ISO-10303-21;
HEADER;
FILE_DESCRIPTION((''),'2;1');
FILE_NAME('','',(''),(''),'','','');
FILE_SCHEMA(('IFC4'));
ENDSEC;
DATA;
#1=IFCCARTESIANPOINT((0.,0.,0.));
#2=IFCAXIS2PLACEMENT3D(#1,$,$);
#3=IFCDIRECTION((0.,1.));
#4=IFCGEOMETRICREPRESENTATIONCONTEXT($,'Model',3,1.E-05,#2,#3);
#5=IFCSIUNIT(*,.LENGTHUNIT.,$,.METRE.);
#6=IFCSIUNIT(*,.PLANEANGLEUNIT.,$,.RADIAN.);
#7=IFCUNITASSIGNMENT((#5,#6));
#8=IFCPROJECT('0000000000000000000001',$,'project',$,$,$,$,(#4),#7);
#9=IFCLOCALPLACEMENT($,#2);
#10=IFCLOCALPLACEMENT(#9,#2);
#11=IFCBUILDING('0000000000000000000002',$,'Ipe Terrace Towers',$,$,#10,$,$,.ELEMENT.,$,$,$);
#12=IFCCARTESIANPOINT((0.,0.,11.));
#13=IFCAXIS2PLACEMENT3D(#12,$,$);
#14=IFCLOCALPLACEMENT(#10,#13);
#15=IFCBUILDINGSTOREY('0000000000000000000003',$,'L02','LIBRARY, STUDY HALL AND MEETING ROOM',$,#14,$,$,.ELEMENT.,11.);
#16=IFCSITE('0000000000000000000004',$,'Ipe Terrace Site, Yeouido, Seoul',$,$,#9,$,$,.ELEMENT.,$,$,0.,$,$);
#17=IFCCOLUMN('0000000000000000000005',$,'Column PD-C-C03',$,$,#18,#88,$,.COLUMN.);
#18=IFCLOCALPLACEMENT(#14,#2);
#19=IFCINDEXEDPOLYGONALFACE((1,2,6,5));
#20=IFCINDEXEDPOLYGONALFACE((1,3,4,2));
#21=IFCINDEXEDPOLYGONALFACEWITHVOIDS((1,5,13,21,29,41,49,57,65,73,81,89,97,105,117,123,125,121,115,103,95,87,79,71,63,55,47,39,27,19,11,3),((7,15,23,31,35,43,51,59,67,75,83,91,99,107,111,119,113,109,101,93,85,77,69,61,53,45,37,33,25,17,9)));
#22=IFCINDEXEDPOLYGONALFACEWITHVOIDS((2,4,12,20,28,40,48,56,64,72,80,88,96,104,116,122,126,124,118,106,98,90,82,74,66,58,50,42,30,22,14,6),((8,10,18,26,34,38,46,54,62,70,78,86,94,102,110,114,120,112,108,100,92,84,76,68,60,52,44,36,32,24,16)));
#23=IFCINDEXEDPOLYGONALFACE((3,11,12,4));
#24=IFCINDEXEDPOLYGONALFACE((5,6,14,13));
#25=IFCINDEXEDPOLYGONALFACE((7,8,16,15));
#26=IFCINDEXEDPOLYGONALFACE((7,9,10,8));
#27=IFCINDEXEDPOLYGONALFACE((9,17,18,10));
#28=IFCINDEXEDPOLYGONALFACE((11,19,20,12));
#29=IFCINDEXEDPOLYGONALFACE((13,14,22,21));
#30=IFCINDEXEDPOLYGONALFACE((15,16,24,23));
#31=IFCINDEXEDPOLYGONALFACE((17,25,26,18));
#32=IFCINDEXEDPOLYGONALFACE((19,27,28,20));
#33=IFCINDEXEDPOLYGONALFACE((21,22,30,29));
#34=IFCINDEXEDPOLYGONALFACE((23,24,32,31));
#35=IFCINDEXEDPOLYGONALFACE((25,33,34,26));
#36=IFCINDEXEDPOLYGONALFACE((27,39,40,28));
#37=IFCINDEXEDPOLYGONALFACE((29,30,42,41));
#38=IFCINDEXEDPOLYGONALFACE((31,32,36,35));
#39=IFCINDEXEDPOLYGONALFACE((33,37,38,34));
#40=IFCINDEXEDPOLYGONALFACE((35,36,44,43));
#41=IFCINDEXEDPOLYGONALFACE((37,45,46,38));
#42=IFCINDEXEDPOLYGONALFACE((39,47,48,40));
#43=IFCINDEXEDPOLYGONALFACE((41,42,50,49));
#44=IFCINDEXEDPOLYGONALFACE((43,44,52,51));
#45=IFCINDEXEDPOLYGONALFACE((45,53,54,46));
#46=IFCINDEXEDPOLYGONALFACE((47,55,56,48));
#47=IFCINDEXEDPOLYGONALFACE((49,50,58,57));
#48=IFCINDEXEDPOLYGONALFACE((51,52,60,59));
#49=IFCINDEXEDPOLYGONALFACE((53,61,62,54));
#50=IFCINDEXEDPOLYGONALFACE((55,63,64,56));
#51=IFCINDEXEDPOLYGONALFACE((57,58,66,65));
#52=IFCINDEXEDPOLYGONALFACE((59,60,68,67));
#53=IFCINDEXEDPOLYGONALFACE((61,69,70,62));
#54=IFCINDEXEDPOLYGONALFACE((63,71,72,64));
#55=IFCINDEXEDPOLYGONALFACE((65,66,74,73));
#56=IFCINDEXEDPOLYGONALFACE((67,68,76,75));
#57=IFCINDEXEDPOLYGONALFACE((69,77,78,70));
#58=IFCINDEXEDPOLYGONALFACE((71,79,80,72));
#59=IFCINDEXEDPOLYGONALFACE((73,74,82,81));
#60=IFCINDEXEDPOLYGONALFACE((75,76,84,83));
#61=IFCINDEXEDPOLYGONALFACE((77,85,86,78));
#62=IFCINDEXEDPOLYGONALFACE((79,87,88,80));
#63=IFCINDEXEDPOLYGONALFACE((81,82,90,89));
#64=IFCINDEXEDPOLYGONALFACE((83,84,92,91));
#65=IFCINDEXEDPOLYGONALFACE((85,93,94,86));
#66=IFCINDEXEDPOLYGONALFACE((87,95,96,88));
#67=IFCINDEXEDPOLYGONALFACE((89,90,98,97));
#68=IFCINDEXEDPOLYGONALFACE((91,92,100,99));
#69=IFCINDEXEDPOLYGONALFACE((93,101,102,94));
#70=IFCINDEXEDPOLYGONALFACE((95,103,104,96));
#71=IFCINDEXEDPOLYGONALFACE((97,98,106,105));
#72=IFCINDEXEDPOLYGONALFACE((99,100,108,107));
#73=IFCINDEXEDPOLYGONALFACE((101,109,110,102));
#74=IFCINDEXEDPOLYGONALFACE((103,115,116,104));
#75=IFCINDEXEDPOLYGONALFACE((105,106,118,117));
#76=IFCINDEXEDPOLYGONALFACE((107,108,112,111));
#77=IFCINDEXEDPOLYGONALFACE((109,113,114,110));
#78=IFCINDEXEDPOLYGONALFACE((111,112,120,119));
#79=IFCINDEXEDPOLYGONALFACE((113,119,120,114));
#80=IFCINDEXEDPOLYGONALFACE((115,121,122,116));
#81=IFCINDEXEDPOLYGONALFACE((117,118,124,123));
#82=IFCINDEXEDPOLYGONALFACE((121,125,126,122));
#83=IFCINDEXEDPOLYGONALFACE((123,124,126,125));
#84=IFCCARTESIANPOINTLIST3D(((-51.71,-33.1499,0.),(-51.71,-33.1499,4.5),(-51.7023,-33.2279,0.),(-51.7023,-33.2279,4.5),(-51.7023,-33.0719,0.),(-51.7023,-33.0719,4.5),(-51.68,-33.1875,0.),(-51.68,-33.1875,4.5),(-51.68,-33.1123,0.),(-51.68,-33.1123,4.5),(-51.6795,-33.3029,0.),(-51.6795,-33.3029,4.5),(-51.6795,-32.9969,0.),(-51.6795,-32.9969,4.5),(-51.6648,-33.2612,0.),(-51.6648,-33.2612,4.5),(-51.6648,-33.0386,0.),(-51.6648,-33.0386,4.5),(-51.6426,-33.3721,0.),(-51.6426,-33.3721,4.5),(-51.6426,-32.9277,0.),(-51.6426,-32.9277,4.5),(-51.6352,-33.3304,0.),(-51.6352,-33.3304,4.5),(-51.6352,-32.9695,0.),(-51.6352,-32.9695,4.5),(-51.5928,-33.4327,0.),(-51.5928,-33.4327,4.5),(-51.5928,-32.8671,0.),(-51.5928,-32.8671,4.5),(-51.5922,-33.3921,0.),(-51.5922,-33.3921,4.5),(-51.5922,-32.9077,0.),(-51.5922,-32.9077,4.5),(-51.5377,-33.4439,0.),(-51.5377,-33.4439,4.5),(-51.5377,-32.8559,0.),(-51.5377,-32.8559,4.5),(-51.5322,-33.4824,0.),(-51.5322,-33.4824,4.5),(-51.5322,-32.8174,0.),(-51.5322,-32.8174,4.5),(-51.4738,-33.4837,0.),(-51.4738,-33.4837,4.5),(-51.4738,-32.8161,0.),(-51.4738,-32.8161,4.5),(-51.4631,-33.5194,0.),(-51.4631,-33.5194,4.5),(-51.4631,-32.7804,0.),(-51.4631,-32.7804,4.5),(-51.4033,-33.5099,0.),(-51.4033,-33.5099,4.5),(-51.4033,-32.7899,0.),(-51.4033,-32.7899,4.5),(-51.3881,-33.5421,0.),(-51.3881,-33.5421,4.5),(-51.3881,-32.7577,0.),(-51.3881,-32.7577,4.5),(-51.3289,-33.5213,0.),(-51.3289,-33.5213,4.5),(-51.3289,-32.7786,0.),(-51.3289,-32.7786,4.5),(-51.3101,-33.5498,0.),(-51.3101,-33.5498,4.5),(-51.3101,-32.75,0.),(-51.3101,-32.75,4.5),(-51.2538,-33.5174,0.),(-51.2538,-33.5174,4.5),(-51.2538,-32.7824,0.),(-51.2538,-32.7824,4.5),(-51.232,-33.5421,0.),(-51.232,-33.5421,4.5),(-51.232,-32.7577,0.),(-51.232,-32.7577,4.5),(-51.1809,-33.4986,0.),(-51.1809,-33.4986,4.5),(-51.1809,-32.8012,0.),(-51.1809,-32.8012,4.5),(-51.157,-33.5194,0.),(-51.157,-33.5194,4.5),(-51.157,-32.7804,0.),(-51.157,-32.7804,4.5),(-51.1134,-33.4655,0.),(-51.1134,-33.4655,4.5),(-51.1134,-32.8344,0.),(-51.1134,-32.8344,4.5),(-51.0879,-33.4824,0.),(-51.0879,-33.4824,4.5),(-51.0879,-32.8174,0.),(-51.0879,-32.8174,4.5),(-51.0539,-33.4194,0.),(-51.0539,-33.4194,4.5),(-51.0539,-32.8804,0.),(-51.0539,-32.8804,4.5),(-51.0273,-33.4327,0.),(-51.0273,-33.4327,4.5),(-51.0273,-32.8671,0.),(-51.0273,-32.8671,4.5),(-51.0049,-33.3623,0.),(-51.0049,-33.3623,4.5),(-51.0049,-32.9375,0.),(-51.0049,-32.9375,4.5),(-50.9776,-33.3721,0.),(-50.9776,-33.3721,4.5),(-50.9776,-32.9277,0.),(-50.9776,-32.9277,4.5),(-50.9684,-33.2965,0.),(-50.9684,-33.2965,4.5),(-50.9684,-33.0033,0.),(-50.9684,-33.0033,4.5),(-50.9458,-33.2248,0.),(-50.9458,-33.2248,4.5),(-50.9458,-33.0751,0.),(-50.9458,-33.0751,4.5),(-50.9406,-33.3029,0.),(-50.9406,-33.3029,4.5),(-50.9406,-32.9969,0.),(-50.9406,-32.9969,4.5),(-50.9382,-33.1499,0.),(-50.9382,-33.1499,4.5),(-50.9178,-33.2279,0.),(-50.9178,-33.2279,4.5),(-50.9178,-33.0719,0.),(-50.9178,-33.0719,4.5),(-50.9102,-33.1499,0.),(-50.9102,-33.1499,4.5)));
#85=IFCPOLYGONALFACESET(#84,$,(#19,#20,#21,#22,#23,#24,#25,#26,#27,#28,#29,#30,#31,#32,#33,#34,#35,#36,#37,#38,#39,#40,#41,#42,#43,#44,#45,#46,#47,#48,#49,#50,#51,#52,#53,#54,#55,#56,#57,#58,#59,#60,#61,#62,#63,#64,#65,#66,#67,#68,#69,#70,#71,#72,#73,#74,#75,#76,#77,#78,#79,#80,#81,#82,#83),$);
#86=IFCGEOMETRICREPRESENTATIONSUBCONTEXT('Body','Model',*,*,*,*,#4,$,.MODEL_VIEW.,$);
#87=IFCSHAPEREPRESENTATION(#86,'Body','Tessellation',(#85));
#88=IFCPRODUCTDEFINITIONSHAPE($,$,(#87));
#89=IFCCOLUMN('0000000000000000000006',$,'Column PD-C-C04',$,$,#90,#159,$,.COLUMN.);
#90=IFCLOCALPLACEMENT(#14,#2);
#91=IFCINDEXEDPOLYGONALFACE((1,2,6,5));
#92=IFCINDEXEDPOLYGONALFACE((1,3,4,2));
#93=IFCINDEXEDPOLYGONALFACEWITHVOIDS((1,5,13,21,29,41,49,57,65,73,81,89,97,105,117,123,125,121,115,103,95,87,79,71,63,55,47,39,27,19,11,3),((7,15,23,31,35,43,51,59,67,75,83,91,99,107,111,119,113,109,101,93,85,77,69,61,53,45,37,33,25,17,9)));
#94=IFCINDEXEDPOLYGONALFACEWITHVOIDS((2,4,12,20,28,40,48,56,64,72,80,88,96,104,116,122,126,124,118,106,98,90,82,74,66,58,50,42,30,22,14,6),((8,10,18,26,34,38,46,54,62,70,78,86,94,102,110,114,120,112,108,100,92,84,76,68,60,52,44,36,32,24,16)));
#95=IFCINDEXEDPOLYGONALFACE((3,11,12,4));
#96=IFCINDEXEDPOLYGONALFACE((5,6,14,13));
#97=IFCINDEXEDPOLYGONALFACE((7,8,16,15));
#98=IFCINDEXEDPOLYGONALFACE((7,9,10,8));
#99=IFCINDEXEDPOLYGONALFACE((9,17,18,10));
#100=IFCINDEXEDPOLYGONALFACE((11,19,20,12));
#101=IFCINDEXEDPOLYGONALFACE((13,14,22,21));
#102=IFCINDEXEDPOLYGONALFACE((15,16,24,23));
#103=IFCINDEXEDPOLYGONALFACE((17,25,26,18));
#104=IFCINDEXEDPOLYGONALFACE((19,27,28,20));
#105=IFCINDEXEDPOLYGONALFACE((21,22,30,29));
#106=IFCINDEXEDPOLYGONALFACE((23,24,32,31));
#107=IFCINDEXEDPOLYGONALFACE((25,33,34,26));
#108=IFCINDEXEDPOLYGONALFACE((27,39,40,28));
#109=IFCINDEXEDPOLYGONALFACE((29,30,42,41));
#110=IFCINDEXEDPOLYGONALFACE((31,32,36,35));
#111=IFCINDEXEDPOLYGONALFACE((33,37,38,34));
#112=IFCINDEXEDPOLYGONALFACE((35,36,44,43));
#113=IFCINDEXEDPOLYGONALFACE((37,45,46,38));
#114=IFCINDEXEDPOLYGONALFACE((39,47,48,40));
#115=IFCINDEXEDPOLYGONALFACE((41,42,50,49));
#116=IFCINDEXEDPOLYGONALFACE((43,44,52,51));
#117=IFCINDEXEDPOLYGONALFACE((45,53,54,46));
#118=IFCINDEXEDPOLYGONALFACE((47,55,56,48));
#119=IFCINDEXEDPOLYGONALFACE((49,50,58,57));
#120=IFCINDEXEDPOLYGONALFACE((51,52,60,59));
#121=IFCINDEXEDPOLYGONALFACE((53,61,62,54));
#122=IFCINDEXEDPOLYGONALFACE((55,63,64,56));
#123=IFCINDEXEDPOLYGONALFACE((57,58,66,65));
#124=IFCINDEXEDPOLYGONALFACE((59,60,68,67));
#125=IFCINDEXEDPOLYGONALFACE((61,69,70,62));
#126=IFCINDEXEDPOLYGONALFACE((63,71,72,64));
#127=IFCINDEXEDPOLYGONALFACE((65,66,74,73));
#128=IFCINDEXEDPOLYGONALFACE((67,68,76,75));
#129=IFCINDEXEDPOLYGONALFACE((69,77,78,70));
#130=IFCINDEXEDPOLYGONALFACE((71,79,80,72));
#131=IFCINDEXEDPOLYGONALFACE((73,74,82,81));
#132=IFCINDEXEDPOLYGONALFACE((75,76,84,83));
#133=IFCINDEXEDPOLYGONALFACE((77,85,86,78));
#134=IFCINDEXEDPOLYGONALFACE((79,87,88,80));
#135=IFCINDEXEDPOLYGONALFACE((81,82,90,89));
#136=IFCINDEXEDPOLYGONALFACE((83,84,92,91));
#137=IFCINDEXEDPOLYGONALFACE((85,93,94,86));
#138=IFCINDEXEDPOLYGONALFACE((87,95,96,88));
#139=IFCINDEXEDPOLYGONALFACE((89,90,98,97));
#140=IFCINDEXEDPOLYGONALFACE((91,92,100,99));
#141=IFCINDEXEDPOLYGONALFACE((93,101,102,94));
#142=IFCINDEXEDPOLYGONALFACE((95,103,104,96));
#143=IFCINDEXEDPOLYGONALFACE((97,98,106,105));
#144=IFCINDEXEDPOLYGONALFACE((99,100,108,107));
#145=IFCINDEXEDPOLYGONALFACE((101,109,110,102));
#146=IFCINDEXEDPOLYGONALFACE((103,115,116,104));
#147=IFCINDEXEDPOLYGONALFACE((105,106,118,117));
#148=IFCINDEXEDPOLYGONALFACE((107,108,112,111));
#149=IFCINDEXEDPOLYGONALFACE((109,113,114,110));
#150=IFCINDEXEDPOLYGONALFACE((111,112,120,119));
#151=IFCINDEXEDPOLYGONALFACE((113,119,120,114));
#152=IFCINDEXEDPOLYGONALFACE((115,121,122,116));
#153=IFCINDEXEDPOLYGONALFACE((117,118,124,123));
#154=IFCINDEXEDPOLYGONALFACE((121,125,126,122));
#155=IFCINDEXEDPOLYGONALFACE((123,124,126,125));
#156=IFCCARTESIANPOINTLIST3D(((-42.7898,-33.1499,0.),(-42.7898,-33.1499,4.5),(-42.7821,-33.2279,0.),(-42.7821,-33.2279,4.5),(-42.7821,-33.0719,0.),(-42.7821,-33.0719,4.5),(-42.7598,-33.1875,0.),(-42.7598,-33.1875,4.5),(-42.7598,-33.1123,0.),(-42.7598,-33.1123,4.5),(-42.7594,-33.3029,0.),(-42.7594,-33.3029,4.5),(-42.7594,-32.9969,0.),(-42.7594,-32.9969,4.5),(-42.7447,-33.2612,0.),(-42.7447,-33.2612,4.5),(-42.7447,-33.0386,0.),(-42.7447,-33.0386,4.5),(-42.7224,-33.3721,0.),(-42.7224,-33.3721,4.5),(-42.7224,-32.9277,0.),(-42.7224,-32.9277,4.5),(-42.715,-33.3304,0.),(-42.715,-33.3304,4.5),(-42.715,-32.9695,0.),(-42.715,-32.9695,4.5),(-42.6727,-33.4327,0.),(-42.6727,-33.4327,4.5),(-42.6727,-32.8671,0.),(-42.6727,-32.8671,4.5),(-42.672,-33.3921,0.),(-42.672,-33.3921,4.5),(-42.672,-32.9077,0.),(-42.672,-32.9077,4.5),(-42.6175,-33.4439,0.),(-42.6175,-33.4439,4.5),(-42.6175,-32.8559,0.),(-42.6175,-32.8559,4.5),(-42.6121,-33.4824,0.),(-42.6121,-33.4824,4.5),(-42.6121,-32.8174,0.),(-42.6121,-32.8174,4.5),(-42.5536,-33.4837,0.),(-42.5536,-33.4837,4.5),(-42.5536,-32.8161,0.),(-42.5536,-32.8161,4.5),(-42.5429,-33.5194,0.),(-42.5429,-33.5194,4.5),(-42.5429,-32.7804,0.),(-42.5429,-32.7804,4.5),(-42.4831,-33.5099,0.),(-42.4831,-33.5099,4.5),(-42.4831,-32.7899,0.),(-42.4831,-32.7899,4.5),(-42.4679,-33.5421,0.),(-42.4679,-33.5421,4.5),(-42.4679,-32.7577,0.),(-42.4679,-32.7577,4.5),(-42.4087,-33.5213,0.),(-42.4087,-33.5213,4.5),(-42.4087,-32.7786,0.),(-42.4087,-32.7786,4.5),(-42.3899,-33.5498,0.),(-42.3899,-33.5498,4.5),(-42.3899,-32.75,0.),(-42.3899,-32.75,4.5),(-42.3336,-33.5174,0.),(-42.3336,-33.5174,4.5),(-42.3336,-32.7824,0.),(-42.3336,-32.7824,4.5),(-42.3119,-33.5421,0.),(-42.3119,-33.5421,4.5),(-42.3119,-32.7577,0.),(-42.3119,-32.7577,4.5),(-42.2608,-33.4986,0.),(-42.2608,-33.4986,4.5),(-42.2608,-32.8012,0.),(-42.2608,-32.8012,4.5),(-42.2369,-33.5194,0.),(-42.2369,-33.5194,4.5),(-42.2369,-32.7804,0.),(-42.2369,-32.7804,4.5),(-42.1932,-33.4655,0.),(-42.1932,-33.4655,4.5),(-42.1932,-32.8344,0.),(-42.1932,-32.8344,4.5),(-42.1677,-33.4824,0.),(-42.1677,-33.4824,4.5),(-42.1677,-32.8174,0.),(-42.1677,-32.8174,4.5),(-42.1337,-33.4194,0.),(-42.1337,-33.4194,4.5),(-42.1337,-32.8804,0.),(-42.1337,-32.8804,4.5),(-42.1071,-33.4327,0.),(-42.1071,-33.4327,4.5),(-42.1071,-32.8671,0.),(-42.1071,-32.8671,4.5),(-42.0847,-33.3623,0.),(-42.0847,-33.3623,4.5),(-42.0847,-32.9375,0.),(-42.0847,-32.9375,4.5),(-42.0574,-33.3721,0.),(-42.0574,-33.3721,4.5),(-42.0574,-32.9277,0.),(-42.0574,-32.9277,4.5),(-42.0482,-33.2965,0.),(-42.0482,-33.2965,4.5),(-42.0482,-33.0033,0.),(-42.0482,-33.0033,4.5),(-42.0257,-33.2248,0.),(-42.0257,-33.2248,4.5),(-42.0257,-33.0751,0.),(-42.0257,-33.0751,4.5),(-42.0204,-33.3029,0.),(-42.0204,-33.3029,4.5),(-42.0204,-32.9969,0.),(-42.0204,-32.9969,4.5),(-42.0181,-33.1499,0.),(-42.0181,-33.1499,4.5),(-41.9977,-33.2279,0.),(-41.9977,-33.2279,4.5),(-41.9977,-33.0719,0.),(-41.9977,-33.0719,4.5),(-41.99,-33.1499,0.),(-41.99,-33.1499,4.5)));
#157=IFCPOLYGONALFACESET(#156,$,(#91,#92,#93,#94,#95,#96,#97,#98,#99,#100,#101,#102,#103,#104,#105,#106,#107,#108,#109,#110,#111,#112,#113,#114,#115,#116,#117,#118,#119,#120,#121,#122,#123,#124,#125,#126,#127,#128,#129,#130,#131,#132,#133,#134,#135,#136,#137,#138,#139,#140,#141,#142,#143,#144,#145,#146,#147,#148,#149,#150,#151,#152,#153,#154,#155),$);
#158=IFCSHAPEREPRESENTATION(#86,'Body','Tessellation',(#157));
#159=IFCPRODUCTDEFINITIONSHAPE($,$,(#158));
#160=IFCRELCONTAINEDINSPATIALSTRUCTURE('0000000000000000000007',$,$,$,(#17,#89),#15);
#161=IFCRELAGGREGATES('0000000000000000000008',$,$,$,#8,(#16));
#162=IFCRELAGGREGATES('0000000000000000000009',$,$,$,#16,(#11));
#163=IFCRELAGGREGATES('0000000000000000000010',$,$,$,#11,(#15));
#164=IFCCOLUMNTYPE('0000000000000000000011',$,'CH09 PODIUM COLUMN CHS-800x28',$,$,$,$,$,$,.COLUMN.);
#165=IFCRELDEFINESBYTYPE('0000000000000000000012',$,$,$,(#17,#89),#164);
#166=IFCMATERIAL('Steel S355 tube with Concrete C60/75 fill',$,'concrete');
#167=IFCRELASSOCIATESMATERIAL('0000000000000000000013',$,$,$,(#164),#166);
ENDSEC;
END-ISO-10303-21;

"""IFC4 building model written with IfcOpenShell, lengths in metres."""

from ifc_helpers import new_model, si_unit, direction, frame, origin, origin_2d, place, context, subcontext, project, spatial, hollow_circle, extrude, material, material_profile, profile_set, type_object, element, save


model = new_model("IFC4")

# Units and contexts
model_context = context("Model", 3, precision=1e-05, world=origin(), true_north=direction((0.0, 1.0)))
body_context = subcontext(model_context, "Body", "Model", "MODEL_VIEW")
ifc_project = project(units=[si_unit("LENGTHUNIT", "METRE"), si_unit("PLANEANGLEUNIT", "RADIAN")], contexts=[model_context])

# Site, building, storey
site_placement = place(None, origin())
site = spatial("IfcSite", under=ifc_project, at=site_placement, Name="Ipe Terrace Site, Yeouido, Seoul", CompositionType="ELEMENT", RefElevation=0.0)
building_placement = place(site_placement, origin())
building = spatial("IfcBuilding", under=site, at=building_placement, Name="Ipe Terrace Towers", CompositionType="ELEMENT")
storey_placement = place(building_placement, frame((0.0, 0.0, 11.0)))
storey = spatial("IfcBuildingStorey", under=building, at=storey_placement, Name="L02", Description="LIBRARY, STUDY HALL AND MEETING ROOM", CompositionType="ELEMENT", Elevation=11.0)

# Columns
ifc_material_1 = material(Name="Steel S355 tube with Concrete C60/75 fill", Category="concrete")
ifc_material_profile_1 = material_profile(ifc_material_1, hollow_circle(Radius=0.3999, WallThickness=0.0281, at=origin_2d()), Name="CHS-800x28")
ifc_profile_set_1 = profile_set([ifc_material_profile_1], Name="Steel S355 tube with Concrete C60/75 fill")
column_type = type_object("IfcColumnType", Name="CH09 PODIUM COLUMN CHS-800x28", PredefinedType="COLUMN", material=ifc_profile_set_1)
for number, where, z_axis, x_axis, name in (
    (1, (-51.3101, -33.1499, 0.0), (0.0, 0.0, 1.0), (1.0, 0.0, 0.0), "Column PD-C-C03"),
    (2, (-42.3899, -33.1499, 0.0), (0.0, 0.0, 1.0), (1.0, 0.0, 0.0), "Column PD-C-C04"),
):
    element("IfcColumn", number, at=place(storey_placement, frame(where, z_axis=z_axis, x_axis=x_axis)), inside=storey, type_object=column_type, Name=name, PredefinedType="COLUMN", context=body_context, shape_type="SweptSolid", body=[
        extrude(hollow_circle(Radius=0.3999, WallThickness=0.0281, at=origin_2d()), origin(), (0.0, 0.0, 1.0), 4.5),
    ])

save(model, "model.ifc")
